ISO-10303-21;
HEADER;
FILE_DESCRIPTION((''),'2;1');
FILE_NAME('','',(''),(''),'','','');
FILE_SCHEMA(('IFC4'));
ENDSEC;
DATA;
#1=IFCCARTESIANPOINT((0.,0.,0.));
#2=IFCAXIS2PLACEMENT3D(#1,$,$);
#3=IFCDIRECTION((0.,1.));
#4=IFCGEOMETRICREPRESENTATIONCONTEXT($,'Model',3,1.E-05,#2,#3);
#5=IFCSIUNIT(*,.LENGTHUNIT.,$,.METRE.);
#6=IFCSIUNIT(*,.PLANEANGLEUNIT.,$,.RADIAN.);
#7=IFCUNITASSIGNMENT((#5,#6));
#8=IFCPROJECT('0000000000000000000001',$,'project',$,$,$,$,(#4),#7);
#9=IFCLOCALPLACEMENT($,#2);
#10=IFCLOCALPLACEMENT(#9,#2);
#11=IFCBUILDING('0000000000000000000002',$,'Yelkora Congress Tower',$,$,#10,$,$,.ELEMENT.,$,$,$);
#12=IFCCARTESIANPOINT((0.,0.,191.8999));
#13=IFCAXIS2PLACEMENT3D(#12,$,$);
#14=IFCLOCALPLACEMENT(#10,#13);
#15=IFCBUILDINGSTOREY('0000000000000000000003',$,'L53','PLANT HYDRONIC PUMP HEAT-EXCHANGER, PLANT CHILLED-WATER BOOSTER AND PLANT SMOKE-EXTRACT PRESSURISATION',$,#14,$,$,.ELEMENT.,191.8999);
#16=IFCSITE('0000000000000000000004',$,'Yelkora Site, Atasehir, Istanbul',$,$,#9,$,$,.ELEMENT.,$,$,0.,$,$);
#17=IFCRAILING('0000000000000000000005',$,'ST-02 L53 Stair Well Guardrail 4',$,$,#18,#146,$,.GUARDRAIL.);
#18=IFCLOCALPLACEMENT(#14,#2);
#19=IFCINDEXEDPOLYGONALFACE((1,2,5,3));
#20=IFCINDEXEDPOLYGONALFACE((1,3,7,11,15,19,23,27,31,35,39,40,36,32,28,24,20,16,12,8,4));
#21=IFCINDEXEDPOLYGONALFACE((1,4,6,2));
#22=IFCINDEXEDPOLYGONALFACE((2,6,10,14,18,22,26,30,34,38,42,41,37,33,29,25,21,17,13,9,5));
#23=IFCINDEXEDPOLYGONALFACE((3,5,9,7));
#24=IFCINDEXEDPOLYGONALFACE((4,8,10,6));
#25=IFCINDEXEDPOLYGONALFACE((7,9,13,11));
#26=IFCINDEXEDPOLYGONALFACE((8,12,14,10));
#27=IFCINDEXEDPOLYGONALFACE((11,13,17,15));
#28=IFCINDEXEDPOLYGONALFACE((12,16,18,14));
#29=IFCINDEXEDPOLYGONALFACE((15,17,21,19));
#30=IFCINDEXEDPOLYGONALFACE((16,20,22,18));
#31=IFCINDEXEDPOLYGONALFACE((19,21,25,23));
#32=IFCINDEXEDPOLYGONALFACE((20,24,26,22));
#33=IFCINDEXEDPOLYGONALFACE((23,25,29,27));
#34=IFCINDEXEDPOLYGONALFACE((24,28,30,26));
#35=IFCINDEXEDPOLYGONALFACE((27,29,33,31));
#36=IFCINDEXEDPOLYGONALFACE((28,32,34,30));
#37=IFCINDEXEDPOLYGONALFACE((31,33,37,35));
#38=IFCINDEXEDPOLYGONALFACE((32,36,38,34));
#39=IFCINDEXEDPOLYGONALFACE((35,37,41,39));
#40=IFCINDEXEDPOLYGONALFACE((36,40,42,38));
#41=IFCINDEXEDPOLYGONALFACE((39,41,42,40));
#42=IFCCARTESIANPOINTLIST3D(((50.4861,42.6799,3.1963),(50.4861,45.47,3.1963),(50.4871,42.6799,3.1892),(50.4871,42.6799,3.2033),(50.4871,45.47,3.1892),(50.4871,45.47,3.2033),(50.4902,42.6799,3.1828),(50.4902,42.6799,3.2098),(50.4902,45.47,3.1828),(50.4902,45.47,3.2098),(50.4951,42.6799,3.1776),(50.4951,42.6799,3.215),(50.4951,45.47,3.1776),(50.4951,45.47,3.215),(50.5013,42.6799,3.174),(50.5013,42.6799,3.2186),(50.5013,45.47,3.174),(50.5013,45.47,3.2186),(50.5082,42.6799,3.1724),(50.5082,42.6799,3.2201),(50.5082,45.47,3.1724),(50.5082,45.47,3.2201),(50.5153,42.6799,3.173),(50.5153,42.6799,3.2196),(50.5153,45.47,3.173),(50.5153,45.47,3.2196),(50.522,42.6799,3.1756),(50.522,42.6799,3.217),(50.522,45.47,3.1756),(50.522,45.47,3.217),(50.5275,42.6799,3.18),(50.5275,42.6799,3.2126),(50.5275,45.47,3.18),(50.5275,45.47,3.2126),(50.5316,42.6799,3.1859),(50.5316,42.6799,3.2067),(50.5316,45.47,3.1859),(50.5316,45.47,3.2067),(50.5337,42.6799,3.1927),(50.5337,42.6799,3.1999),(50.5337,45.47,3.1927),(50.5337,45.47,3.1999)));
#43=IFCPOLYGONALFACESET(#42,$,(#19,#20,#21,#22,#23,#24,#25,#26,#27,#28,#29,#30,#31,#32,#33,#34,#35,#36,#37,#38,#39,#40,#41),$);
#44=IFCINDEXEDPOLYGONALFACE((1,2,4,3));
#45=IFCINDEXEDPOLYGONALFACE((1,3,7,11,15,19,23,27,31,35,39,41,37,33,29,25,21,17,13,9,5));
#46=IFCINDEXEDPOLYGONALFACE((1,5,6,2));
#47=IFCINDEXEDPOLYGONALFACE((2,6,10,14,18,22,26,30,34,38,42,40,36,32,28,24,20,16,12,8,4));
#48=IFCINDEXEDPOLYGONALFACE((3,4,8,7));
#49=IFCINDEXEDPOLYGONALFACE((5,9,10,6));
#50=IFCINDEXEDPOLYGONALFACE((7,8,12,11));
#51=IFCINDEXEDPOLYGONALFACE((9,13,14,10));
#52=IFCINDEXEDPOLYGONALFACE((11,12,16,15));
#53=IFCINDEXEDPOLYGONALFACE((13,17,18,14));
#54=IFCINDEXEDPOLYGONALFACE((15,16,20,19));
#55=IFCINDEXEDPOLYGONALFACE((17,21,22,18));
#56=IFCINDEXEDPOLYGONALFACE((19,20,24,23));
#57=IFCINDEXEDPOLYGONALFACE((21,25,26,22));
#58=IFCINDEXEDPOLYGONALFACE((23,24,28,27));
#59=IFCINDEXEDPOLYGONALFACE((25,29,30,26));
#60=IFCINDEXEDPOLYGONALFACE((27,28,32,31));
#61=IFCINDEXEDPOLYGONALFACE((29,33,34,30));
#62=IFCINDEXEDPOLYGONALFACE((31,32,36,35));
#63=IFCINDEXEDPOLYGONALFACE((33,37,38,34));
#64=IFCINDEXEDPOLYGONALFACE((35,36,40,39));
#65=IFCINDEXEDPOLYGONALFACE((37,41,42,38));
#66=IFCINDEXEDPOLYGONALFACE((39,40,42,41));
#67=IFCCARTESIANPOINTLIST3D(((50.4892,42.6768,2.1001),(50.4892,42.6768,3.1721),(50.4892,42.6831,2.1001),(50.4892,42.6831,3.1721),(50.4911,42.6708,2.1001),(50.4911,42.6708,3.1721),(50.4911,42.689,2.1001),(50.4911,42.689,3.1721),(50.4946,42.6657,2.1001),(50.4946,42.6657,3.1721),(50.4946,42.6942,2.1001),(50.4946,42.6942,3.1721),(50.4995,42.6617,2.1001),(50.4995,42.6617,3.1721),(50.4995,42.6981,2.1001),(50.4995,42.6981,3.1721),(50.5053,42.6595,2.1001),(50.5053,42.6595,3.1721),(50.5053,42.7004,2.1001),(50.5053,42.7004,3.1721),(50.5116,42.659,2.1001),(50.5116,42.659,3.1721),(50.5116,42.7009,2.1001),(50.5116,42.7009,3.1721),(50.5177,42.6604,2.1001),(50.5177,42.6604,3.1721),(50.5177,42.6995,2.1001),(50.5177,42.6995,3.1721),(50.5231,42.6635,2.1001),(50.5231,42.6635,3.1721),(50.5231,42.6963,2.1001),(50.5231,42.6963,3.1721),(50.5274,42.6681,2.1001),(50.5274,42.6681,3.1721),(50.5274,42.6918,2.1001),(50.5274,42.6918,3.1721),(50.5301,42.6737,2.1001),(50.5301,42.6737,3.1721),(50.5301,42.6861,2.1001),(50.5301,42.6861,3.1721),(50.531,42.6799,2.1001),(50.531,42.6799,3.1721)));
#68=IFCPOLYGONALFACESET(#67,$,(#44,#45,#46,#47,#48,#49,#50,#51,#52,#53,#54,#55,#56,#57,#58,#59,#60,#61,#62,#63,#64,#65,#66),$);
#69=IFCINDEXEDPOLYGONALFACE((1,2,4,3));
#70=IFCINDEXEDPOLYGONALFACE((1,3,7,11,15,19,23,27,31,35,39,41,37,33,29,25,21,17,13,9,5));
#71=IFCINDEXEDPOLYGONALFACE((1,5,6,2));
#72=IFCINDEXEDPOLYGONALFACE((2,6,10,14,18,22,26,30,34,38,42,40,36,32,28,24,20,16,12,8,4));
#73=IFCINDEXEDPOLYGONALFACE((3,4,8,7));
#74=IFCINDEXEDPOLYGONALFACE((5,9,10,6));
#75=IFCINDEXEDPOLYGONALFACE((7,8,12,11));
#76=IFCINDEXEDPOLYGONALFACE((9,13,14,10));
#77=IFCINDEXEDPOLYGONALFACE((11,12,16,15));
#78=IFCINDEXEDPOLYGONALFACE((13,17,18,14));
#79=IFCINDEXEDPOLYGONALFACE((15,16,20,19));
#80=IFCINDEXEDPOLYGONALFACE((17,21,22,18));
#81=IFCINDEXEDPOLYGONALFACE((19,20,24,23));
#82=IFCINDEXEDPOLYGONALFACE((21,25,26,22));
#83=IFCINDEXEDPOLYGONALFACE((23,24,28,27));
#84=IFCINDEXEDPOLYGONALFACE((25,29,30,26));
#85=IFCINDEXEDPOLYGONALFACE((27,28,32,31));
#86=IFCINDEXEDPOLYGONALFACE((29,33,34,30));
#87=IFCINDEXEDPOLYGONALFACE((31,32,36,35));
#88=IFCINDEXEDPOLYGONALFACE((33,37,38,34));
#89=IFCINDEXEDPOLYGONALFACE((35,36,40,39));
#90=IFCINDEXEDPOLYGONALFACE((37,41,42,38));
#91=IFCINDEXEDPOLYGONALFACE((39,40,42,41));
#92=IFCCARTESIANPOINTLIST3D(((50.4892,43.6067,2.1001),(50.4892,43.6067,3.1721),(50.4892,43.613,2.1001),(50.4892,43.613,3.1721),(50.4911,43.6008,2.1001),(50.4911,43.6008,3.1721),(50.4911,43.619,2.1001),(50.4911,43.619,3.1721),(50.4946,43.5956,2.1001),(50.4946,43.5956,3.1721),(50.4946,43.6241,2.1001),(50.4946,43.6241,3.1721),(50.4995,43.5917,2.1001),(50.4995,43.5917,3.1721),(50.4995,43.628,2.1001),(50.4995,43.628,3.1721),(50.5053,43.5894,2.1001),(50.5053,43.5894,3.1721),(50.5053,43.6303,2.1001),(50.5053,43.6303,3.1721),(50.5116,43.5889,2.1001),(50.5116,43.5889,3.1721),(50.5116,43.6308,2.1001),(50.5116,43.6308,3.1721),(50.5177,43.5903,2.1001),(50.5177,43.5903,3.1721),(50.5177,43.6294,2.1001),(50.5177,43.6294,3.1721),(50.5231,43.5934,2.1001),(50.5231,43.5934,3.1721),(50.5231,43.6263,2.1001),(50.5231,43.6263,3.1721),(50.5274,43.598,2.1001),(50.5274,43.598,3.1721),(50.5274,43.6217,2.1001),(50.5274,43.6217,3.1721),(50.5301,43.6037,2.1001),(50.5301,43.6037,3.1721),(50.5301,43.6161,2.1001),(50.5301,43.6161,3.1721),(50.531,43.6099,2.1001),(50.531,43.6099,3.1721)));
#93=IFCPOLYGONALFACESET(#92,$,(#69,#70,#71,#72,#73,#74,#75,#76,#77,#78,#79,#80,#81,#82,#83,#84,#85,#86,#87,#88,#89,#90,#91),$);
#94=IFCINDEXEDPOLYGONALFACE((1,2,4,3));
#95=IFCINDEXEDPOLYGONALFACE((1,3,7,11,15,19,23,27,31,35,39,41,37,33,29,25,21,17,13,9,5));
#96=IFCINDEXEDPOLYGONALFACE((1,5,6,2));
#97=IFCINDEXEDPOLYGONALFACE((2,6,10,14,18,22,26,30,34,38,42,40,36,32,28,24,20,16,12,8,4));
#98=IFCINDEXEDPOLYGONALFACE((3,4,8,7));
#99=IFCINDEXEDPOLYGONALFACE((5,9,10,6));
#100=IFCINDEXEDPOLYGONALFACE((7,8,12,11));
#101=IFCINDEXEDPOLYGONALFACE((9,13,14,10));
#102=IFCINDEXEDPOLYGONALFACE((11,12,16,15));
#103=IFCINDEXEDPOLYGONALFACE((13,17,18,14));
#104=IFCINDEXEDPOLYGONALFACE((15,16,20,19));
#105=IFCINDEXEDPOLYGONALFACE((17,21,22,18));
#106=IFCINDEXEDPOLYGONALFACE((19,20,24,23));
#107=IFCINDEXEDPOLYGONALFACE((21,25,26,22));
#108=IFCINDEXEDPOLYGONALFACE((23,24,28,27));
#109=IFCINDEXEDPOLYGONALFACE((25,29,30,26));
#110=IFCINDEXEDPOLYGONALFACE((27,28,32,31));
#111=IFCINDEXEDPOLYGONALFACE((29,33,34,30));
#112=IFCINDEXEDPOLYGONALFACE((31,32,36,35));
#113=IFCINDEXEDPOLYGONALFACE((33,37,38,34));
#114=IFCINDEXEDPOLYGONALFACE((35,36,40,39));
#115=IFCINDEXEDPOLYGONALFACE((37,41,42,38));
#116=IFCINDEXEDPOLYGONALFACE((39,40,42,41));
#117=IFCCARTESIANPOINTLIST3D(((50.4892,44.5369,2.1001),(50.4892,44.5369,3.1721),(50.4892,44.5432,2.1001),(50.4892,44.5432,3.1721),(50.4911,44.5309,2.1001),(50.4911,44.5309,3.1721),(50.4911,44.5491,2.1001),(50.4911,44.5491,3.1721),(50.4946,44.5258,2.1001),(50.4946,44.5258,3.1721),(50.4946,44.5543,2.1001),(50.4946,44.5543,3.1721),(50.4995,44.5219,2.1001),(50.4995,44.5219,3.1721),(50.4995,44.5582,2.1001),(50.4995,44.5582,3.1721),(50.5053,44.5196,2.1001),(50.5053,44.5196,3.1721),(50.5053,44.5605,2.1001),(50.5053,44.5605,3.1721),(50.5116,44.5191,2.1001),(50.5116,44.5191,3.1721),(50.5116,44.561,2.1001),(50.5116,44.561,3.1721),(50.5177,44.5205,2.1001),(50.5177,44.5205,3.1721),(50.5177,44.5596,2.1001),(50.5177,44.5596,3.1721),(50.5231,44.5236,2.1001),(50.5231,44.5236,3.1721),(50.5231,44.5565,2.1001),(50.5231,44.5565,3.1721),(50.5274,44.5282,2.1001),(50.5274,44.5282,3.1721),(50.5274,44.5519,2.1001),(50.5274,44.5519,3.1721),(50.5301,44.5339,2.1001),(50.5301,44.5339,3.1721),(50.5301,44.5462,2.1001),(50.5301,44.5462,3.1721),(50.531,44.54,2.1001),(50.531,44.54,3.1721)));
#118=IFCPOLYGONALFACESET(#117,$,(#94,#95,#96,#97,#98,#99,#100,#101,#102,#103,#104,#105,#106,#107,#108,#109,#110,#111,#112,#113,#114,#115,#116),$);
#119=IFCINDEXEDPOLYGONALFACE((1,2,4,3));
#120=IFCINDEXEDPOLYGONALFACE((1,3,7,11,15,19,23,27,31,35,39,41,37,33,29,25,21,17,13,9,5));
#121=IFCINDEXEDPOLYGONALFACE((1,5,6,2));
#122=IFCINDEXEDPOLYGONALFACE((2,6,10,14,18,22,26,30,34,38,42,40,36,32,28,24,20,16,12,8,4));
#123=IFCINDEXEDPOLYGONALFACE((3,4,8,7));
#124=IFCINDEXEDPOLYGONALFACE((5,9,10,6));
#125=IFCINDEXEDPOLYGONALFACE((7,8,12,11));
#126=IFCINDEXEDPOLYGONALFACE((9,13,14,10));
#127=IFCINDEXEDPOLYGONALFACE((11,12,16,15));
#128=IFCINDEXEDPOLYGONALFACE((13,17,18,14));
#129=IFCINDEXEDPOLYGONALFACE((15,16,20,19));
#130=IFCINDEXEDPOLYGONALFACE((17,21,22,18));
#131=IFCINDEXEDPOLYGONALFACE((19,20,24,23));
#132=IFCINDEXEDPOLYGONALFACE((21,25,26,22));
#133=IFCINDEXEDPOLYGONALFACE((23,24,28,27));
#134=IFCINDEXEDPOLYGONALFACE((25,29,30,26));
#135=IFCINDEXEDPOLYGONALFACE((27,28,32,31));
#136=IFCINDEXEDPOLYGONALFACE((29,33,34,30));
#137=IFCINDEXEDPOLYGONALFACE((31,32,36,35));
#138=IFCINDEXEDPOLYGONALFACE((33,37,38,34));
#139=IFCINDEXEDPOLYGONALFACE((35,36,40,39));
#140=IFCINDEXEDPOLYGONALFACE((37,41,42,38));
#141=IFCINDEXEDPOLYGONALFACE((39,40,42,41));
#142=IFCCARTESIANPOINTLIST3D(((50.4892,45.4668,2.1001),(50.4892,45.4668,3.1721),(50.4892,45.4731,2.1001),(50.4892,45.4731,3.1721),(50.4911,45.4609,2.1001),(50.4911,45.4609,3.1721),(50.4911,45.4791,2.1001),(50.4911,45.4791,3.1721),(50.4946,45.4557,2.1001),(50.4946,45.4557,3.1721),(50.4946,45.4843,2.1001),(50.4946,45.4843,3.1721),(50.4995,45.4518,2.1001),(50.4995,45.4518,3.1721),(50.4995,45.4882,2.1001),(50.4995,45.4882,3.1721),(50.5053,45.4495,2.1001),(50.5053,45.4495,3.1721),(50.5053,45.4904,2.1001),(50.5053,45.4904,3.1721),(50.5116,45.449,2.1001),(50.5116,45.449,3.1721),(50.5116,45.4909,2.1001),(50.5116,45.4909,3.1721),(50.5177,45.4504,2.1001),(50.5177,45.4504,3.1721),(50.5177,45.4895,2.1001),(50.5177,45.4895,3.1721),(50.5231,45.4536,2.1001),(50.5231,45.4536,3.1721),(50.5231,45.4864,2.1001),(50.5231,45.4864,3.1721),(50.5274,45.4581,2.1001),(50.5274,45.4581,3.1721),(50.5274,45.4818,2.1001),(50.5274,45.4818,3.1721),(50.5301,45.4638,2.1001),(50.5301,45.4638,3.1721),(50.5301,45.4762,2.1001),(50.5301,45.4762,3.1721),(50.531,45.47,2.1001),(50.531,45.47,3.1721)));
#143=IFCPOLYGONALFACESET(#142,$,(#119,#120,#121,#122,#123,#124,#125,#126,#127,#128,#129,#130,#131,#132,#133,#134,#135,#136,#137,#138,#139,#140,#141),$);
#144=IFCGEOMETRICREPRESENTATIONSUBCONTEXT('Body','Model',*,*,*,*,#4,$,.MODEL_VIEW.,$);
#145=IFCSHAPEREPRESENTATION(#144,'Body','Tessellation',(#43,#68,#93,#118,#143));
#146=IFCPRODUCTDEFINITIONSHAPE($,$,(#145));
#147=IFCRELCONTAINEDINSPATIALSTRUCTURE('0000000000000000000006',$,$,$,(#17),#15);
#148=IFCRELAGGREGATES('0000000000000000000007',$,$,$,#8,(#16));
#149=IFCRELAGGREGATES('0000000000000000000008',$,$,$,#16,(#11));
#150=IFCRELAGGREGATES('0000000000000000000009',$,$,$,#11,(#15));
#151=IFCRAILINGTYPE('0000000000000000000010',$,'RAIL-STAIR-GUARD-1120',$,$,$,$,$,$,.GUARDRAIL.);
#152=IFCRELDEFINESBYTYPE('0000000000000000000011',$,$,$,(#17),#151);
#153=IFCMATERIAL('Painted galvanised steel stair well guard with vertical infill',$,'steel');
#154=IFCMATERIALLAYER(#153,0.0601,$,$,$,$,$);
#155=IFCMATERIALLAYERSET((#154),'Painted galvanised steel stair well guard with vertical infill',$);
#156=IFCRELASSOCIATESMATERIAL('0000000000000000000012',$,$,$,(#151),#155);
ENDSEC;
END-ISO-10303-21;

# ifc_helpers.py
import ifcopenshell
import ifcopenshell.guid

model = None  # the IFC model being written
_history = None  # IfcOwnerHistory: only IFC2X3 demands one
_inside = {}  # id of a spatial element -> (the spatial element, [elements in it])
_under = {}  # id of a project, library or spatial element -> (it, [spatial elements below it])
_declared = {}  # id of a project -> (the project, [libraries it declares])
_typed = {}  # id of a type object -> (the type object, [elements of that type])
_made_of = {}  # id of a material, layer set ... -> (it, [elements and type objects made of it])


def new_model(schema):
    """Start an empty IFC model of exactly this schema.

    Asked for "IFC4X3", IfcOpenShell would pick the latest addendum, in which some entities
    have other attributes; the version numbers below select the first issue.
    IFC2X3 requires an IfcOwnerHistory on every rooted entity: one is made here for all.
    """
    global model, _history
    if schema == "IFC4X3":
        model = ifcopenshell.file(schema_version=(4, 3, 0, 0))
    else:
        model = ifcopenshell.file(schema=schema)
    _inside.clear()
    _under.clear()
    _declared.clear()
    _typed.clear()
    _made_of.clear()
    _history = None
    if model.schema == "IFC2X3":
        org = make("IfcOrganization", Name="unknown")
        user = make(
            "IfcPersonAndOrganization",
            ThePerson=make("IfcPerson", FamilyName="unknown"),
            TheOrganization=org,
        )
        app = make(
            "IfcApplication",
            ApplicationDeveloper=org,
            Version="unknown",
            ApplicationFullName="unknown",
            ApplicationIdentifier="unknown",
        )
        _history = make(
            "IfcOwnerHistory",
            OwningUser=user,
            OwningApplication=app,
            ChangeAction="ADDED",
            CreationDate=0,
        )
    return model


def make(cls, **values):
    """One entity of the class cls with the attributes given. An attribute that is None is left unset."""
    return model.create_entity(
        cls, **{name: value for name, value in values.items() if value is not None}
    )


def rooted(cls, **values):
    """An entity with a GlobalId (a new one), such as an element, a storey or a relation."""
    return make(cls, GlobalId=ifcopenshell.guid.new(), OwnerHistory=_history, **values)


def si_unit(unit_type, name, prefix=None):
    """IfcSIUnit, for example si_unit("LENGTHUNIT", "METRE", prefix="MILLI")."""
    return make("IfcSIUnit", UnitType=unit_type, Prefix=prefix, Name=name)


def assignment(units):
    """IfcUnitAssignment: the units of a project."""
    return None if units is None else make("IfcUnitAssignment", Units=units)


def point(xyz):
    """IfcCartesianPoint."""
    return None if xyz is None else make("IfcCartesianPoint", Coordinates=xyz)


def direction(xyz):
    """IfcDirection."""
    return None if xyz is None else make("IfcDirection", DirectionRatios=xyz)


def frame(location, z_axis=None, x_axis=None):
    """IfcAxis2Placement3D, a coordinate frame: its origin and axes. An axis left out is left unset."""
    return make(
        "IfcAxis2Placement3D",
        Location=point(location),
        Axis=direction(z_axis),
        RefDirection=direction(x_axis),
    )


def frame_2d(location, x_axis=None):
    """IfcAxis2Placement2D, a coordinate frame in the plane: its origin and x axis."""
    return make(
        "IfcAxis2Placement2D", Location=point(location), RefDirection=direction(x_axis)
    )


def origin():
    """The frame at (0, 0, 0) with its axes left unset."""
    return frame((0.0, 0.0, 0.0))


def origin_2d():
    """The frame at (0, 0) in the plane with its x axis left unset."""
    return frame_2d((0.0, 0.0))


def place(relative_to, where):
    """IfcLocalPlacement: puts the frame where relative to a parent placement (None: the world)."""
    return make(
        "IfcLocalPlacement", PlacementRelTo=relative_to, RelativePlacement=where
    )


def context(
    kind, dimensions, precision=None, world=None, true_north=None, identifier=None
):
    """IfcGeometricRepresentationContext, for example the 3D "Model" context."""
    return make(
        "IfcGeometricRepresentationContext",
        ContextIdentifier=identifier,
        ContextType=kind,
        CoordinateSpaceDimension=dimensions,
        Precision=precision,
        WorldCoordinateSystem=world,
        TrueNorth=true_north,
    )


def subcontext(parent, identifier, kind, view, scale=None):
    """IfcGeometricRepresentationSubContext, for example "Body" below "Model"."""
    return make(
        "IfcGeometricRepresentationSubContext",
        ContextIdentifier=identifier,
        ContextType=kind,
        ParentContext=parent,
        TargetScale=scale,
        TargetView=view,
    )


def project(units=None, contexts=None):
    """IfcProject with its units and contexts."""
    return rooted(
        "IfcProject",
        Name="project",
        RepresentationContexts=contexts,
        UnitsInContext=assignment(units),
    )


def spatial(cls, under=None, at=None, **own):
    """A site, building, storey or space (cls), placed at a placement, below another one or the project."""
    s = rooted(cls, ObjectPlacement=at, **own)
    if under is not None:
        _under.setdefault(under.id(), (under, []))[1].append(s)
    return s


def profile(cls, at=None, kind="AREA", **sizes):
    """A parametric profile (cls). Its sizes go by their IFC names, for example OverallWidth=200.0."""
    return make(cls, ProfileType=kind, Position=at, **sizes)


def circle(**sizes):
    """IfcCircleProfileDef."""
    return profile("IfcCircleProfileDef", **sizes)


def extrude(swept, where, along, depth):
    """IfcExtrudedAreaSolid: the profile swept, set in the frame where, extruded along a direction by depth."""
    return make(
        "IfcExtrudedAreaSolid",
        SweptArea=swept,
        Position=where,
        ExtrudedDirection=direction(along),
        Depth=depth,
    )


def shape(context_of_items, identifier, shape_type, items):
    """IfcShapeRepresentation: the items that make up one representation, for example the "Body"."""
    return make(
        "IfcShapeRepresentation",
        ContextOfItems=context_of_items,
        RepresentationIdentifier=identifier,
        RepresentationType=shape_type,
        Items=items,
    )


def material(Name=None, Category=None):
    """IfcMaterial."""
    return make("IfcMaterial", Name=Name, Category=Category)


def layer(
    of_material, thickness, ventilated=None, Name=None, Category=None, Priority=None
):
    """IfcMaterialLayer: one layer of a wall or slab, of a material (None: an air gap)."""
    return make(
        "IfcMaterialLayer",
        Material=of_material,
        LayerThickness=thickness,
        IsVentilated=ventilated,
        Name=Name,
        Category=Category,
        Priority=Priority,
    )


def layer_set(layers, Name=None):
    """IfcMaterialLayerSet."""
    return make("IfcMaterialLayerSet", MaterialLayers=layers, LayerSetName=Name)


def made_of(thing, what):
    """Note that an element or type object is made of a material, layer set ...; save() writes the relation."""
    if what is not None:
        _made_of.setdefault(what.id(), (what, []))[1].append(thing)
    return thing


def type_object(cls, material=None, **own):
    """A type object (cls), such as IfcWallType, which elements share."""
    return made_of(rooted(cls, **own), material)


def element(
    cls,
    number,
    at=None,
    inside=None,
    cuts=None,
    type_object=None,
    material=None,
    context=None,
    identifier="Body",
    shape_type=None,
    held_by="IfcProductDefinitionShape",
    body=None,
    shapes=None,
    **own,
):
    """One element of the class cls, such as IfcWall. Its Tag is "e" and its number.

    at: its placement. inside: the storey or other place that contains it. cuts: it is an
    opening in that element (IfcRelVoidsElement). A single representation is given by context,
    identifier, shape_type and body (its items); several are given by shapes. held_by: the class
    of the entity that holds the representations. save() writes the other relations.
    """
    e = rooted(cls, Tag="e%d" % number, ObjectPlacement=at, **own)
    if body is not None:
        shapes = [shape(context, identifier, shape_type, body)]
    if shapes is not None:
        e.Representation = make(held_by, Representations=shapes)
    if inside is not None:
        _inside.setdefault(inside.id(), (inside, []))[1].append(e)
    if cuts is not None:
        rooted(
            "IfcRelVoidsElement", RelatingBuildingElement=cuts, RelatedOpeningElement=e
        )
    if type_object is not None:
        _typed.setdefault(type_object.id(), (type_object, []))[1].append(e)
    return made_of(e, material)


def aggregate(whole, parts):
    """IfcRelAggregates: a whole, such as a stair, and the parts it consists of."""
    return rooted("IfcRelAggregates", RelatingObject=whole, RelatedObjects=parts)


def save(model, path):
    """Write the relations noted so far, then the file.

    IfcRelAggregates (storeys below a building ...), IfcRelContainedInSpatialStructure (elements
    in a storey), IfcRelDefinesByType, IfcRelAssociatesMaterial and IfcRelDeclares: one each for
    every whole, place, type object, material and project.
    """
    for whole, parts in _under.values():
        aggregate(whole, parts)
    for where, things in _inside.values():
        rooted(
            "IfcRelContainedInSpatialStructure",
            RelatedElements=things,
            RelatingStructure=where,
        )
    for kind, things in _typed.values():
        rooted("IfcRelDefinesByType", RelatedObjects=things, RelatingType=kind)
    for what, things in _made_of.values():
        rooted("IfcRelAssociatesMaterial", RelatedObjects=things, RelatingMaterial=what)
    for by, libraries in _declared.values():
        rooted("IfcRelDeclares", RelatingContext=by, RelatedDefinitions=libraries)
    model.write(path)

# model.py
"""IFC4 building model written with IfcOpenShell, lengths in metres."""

from ifc_helpers import new_model, si_unit, direction, frame, origin, origin_2d, place, context, subcontext, project, spatial, circle, extrude, material, layer, layer_set, type_object, element, save


model = new_model("IFC4")

# Units and contexts
model_context = context("Model", 3, precision=1e-05, world=origin(), true_north=direction((0.0, 1.0)))
body_context = subcontext(model_context, "Body", "Model", "MODEL_VIEW")
ifc_project = project(units=[si_unit("LENGTHUNIT", "METRE"), si_unit("PLANEANGLEUNIT", "RADIAN")], contexts=[model_context])

# Site, building, storey
site_placement = place(None, origin())
site = spatial("IfcSite", under=ifc_project, at=site_placement, Name="Yelkora Site, Atasehir, Istanbul", CompositionType="ELEMENT", RefElevation=0.0)
building_placement = place(site_placement, origin())
building = spatial("IfcBuilding", under=site, at=building_placement, Name="Yelkora Congress Tower", CompositionType="ELEMENT")
storey_placement = place(building_placement, frame((0.0, 0.0, 191.8999)))
storey = spatial("IfcBuildingStorey", under=building, at=storey_placement, Name="L53", Description="PLANT HYDRONIC PUMP HEAT-EXCHANGER, PLANT CHILLED-WATER BOOSTER AND PLANT SMOKE-EXTRACT PRESSURISATION", CompositionType="ELEMENT", Elevation=191.8999)

# Railing
ifc_material_1 = material(Name="Painted galvanised steel stair well guard with vertical infill", Category="steel")
ifc_layer_1 = layer(ifc_material_1, 0.0601)
ifc_layer_set_1 = layer_set([ifc_layer_1], Name="Painted galvanised steel stair well guard with vertical infill")
railing_type_1 = type_object("IfcRailingType", Name="RAIL-STAIR-GUARD-1120", PredefinedType="GUARDRAIL", material=ifc_layer_set_1)
for number, where, name in (
    (1, (50.51, 42.6799, 2.1001), "ST-02 L53 Stair Well Guardrail 4"),
):
    element("IfcRailing", number, at=place(storey_placement, frame(where)), inside=storey, type_object=railing_type_1, Name=name, PredefinedType="GUARDRAIL", context=body_context, shape_type="SweptSolid", body=[
        extrude(circle(Radius=0.0239, at=origin_2d()), frame((0.0, 0.0, 1.0962), z_axis=(0.0, 1.0, 0.0), x_axis=(-1.0, 0.0, 0.0)), (0.0, 0.0, 1.0), 2.79),
        extrude(circle(Radius=0.021, at=origin_2d()), origin(), (0.0, 0.0, 1.0), 1.072),
        extrude(circle(Radius=0.021, at=origin_2d()), frame((0.0, 0.9299, 0.0)), (0.0, 0.0, 1.0), 1.072),
        extrude(circle(Radius=0.021, at=origin_2d()), frame((0.0, 1.8601, 0.0)), (0.0, 0.0, 1.0), 1.072),
        extrude(circle(Radius=0.021, at=origin_2d()), frame((0.0, 2.79, 0.0)), (0.0, 0.0, 1.0), 1.072),
    ])

save(model, "model.ifc")
